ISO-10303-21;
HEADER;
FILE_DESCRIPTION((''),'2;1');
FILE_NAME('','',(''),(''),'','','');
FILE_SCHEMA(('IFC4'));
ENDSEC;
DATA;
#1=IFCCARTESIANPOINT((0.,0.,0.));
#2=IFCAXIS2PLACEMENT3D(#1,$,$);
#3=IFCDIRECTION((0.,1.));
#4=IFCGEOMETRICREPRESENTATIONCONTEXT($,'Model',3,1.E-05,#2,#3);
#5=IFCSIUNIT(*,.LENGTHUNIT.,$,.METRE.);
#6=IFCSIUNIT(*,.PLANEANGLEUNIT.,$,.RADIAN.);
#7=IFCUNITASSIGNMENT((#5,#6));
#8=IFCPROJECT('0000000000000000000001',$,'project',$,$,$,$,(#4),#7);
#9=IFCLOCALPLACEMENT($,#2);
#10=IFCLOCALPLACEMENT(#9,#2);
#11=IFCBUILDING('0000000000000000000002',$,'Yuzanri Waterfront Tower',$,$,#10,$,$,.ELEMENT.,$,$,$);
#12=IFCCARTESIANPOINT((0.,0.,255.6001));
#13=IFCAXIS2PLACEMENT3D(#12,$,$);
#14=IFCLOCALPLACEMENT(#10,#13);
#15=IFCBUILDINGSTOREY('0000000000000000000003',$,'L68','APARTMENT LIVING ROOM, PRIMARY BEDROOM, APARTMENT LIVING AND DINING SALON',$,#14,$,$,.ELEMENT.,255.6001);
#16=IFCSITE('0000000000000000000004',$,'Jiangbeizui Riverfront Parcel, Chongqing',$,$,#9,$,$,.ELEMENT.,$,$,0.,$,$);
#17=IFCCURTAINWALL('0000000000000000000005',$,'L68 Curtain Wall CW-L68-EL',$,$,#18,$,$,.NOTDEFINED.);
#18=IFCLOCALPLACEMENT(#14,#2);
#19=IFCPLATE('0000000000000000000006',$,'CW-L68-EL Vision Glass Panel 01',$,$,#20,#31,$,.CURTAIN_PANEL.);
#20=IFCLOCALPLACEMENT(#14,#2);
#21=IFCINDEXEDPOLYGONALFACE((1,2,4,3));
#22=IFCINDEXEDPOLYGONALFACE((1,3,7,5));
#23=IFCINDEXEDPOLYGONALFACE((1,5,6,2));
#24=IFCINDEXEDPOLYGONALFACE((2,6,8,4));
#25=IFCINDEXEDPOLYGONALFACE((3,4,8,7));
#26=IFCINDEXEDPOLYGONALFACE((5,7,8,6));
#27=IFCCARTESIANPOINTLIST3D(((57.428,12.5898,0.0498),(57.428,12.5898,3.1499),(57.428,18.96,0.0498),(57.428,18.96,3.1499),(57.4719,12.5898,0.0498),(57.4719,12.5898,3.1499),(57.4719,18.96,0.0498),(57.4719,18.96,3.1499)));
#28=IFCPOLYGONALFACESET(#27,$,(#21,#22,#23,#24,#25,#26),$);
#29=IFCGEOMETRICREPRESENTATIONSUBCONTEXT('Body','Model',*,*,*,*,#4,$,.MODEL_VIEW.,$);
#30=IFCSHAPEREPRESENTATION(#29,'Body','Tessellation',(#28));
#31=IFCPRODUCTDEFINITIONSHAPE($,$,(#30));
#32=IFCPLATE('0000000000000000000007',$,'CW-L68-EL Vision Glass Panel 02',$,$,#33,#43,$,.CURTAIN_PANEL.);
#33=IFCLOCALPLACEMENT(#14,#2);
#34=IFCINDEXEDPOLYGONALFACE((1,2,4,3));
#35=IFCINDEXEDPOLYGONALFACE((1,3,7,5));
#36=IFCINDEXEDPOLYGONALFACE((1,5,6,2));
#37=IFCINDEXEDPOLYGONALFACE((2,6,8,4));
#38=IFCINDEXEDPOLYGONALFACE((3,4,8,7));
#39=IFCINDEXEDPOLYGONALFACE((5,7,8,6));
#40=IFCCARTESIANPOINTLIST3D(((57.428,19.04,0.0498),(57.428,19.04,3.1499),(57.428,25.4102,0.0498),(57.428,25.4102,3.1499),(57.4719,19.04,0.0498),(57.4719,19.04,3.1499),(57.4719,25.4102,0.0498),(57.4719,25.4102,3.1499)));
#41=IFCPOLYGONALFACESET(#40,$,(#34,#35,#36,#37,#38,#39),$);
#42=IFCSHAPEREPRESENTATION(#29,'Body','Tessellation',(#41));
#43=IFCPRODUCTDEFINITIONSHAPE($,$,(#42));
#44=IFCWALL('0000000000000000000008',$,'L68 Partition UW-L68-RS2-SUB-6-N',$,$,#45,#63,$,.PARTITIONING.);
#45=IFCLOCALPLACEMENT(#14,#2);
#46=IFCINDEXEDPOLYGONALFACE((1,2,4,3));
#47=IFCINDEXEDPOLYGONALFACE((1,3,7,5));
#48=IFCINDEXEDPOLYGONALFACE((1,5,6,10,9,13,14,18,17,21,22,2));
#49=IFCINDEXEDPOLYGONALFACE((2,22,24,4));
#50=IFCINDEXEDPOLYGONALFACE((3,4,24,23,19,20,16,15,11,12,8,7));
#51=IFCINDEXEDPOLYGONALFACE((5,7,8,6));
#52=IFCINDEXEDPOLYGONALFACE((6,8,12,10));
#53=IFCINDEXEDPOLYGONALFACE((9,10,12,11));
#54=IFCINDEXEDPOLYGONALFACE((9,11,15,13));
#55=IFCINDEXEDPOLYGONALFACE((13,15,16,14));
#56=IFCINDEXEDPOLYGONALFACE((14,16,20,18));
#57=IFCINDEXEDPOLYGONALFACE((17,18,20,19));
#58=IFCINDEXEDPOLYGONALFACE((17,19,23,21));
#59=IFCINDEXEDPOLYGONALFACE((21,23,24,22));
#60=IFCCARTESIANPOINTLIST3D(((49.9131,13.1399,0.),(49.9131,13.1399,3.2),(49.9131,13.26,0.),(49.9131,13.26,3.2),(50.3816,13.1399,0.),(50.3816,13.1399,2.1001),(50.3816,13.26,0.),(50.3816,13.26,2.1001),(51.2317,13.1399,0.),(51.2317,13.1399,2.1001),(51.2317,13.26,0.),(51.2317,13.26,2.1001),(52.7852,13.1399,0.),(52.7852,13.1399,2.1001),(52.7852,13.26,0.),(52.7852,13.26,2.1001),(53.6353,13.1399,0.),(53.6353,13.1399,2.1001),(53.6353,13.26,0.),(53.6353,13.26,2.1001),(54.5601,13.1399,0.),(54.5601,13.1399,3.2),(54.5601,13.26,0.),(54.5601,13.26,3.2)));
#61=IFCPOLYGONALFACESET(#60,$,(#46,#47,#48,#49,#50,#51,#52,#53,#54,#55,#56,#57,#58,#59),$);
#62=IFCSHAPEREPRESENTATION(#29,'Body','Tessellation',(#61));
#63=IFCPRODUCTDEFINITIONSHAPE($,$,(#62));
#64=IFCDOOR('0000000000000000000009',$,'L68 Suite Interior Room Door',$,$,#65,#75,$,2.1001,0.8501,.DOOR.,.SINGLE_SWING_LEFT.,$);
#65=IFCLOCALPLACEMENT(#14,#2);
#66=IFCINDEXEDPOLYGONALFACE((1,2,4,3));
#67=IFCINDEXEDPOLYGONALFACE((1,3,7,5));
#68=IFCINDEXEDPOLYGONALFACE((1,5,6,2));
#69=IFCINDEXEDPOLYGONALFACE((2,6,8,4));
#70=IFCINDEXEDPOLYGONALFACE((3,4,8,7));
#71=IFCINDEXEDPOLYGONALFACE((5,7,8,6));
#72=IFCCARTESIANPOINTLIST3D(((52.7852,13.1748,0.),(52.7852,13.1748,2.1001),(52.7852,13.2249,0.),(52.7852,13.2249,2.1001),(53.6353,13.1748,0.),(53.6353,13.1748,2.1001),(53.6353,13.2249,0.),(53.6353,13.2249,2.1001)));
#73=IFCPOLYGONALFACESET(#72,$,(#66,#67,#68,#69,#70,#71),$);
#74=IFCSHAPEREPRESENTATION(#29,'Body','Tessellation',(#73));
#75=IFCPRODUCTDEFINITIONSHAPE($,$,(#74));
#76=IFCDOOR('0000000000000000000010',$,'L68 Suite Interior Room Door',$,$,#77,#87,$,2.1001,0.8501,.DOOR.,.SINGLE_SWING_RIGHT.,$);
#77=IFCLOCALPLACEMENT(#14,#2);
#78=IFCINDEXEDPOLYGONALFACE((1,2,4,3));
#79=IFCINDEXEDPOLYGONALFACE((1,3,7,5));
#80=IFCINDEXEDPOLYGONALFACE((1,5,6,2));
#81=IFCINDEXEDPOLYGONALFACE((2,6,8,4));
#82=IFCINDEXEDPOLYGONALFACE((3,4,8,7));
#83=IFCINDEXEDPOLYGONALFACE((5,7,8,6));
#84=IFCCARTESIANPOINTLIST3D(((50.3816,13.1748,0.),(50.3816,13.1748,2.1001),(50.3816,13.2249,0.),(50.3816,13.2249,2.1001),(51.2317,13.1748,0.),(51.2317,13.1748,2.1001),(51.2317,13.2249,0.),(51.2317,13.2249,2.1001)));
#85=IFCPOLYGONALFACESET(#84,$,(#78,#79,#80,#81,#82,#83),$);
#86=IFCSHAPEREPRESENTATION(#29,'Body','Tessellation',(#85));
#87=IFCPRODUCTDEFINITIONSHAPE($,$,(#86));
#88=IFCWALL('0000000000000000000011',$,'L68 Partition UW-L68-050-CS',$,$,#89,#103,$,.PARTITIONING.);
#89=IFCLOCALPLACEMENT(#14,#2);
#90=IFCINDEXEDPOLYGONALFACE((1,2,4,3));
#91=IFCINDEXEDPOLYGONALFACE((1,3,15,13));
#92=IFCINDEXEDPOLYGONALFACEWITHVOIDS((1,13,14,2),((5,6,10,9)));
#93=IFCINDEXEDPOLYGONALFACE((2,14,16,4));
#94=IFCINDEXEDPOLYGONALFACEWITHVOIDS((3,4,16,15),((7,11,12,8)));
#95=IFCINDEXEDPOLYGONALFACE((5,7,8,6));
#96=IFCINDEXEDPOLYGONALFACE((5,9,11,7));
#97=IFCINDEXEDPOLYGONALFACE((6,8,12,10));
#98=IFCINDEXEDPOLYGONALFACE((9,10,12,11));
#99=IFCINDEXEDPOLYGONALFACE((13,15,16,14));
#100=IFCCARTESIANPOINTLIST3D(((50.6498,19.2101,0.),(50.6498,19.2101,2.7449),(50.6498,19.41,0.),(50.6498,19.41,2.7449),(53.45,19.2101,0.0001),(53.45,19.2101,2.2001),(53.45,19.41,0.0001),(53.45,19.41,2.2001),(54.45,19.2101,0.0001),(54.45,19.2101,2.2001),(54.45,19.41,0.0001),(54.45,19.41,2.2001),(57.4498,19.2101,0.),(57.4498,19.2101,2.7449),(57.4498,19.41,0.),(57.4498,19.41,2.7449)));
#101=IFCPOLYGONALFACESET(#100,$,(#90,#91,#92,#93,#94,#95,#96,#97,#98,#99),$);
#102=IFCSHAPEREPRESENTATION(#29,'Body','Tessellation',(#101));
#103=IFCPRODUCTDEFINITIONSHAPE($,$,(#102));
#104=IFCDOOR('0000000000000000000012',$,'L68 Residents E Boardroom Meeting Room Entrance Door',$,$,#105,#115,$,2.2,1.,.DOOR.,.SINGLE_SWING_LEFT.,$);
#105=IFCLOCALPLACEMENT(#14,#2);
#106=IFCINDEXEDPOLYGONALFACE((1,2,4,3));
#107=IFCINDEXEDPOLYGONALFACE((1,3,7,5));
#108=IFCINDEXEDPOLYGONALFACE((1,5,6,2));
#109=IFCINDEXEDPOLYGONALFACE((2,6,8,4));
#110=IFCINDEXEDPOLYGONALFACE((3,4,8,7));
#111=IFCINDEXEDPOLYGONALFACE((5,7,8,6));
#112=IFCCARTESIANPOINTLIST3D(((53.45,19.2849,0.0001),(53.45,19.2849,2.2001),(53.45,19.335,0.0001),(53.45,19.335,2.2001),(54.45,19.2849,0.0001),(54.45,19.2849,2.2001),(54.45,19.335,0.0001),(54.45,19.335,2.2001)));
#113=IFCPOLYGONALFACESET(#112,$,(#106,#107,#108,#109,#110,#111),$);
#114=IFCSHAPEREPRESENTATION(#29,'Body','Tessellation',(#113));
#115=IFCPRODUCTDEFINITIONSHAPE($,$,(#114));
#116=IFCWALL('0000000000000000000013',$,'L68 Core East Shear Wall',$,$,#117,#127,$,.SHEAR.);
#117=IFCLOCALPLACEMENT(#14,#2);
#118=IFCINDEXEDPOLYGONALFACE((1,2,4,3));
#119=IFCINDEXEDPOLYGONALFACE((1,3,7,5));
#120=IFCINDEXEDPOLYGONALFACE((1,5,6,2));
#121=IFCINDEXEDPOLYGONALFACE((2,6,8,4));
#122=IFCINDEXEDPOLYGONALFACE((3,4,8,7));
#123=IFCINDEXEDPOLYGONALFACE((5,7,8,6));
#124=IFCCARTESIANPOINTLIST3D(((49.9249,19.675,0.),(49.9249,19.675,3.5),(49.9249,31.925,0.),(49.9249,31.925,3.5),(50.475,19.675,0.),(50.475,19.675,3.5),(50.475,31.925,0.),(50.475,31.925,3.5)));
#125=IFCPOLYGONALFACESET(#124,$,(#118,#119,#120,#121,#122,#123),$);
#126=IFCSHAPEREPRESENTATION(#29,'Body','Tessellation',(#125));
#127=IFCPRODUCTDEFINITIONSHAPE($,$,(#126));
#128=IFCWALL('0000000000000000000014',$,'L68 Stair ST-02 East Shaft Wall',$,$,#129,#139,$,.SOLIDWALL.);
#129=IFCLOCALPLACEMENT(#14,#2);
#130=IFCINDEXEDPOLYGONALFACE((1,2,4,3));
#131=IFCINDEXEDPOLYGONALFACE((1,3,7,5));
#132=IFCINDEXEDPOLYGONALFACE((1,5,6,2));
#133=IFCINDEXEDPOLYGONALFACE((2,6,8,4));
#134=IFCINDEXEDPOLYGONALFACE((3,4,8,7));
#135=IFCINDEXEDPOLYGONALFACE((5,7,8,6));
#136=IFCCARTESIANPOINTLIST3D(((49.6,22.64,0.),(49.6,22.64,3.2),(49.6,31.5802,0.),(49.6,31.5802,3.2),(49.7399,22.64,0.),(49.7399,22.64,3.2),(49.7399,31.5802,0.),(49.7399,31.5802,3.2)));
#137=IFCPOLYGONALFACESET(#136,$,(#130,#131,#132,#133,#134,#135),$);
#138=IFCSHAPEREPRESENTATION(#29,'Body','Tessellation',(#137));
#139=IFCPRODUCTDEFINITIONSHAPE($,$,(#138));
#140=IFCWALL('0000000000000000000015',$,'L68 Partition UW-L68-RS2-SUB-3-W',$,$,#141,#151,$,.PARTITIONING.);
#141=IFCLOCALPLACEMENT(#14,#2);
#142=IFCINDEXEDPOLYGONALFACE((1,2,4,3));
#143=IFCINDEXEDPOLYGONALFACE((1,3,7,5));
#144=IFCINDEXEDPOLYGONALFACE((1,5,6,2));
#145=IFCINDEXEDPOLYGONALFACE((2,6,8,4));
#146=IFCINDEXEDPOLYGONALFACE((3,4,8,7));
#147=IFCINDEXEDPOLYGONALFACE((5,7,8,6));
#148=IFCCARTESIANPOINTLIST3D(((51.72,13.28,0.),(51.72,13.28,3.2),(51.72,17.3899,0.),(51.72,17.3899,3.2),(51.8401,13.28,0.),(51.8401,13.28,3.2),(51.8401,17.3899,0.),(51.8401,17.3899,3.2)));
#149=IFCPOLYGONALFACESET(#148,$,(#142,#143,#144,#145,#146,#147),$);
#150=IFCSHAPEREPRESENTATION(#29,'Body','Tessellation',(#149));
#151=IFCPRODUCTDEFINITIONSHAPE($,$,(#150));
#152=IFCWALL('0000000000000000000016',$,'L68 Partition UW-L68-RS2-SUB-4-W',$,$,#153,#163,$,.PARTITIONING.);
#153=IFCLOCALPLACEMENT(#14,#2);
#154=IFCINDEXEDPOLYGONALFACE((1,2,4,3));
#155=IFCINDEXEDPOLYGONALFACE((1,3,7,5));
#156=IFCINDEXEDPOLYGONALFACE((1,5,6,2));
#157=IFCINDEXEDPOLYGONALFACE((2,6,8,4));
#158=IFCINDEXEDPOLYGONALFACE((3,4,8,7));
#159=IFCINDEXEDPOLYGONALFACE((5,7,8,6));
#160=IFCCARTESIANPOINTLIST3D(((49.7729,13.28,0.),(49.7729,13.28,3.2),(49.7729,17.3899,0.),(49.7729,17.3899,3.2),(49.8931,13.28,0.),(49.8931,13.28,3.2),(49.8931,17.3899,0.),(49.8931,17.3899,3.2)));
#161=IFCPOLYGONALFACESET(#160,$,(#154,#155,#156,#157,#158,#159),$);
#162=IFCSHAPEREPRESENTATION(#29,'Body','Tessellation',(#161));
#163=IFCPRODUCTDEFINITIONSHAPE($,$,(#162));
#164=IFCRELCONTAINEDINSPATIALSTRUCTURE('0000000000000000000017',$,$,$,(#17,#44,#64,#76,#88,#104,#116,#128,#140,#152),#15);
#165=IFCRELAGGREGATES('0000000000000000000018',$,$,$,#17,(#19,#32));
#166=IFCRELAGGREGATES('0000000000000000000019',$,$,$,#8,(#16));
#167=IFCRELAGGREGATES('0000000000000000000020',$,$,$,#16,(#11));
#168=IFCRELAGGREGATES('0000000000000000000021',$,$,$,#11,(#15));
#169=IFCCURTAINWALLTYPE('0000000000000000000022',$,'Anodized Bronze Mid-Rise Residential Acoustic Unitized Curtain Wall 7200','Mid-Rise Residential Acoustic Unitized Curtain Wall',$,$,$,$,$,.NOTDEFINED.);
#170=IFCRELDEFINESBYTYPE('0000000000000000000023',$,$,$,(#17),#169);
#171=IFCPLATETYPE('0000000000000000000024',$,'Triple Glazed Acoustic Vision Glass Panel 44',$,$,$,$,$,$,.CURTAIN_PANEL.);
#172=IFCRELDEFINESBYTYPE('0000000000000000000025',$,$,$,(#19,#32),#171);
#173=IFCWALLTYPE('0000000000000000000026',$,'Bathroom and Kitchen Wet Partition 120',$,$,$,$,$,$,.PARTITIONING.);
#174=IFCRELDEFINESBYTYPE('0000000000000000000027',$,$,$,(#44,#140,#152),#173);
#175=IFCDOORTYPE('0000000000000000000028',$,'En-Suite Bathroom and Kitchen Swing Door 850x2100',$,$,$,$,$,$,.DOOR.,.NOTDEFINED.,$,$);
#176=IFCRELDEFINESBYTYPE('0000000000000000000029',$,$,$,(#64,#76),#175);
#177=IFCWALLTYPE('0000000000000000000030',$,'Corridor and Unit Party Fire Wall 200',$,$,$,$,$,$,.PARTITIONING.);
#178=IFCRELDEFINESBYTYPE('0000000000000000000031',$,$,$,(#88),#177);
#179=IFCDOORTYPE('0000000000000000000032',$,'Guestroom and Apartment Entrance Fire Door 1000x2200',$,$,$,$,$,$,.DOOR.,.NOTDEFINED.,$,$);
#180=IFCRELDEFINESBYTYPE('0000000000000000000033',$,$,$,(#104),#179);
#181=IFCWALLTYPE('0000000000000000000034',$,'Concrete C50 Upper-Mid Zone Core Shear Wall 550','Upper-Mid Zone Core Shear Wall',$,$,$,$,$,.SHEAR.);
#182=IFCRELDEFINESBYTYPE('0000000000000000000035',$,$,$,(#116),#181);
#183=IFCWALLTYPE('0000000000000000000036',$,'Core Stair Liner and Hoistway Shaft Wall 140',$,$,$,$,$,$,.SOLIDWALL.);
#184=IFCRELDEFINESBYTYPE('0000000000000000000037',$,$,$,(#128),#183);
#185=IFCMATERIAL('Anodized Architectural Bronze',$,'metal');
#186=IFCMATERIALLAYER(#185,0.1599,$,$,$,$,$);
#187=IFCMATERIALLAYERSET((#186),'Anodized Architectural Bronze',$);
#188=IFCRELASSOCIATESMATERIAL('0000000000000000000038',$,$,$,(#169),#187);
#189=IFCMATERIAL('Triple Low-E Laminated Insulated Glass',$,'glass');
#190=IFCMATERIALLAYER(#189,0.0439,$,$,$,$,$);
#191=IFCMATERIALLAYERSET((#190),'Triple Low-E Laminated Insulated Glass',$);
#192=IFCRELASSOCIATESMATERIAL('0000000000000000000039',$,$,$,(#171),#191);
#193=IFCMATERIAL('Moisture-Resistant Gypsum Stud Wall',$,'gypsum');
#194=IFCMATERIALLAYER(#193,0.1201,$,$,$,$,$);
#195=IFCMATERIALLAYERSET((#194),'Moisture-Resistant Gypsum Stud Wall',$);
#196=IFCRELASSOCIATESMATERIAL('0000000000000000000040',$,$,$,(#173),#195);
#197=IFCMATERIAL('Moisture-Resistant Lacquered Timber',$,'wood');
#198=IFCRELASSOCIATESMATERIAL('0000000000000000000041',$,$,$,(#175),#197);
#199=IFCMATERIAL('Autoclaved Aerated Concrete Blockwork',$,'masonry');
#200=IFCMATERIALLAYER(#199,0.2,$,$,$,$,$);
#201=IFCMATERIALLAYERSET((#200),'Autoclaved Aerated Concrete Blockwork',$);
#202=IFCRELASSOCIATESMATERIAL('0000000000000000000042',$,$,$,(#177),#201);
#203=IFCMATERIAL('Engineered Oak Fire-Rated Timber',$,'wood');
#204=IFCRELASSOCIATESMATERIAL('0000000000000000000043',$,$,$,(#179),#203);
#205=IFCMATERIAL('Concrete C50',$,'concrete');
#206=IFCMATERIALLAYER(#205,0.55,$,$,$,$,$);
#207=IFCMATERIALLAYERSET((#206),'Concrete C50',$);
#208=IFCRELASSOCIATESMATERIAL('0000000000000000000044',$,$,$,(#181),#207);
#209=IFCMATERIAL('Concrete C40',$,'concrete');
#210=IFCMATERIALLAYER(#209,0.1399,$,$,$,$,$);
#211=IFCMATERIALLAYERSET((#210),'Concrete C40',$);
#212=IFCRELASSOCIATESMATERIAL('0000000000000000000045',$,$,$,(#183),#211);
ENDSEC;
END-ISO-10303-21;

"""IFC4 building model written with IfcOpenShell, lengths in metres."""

from ifc_helpers import new_model, si_unit, direction, frame, frame_2d, origin, origin_2d, place, context, subcontext, project, spatial, rectangle, extrude, source, transform, mapped, material, layer, layer_set, type_object, element, fill, aggregate, save


model = new_model("IFC4")

# Units and contexts
model_context = context("Model", 3, precision=1e-05, world=origin(), true_north=direction((0.0, 1.0)))
body_context = subcontext(model_context, "Body", "Model", "MODEL_VIEW")
ifc_project = project(units=[si_unit("LENGTHUNIT", "METRE"), si_unit("PLANEANGLEUNIT", "RADIAN")], contexts=[model_context])

# Site, building, storey
site_placement = place(None, origin())
site = spatial("IfcSite", under=ifc_project, at=site_placement, Name="Jiangbeizui Riverfront Parcel, Chongqing", CompositionType="ELEMENT", RefElevation=0.0)
building_placement = place(site_placement, origin())
building = spatial("IfcBuilding", under=site, at=building_placement, Name="Yuzanri Waterfront Tower", CompositionType="ELEMENT")
storey_placement = place(building_placement, frame((0.0, 0.0, 255.6001)))
storey = spatial("IfcBuildingStorey", under=building, at=storey_placement, Name="L68", Description="APARTMENT LIVING ROOM, PRIMARY BEDROOM, APARTMENT LIVING AND DINING SALON", CompositionType="ELEMENT", Elevation=255.6001)

# Curtain wall, plates
ifc_material_1 = material(Name="Anodized Architectural Bronze", Category="metal")
ifc_layer_1 = layer(ifc_material_1, 0.1599)
ifc_layer_set_1 = layer_set([ifc_layer_1], Name="Anodized Architectural Bronze")
curtain_wall_type = type_object("IfcCurtainWallType", Name="Anodized Bronze Mid-Rise Residential Acoustic Unitized Curtain Wall 7200", Description="Mid-Rise Residential Acoustic Unitized Curtain Wall", PredefinedType="NOTDEFINED", material=ifc_layer_set_1)
curtain_wall_placement = place(storey_placement, origin())
curtain_wall = element("IfcCurtainWall", 1, at=curtain_wall_placement, inside=storey, type_object=curtain_wall_type, Name="L68 Curtain Wall CW-L68-EL", PredefinedType="NOTDEFINED")
ifc_material_2 = material(Name="Triple Low-E Laminated Insulated Glass", Category="glass")
ifc_layer_2 = layer(ifc_material_2, 0.0439)
ifc_layer_set_2 = layer_set([ifc_layer_2], Name="Triple Low-E Laminated Insulated Glass")
plate_type = type_object("IfcPlateType", Name="Triple Glazed Acoustic Vision Glass Panel 44", PredefinedType="CURTAIN_PANEL", material=ifc_layer_set_2)
shared_shape_1 = source(origin(), body_context, "Body", "SweptSolid", [
    extrude(rectangle(XDim=6.3701, YDim=0.0439, at=origin_2d()), origin(), (0.0, 0.0, 1.0), 3.1001),
])
plate_1_placement = place(storey_placement, frame((57.45, 15.7749, 0.0498), z_axis=(0.0, 0.0, 1.0), x_axis=(0.0, 1.0, 0.0)))
plate_1 = element("IfcPlate", 2, at=plate_1_placement, type_object=plate_type, Name="CW-L68-EL Vision Glass Panel 01", PredefinedType="CURTAIN_PANEL", context=body_context, shape_type="MappedRepresentation", body=[
    mapped(shared_shape_1, transform((0.0, 0.0, 0.0), scale=1.0)),
])
plate_2_placement = place(storey_placement, frame((57.45, 22.2251, 0.0498), z_axis=(0.0, 0.0, 1.0), x_axis=(0.0, 1.0, 0.0)))
plate_2 = element("IfcPlate", 3, at=plate_2_placement, type_object=plate_type, Name="CW-L68-EL Vision Glass Panel 02", PredefinedType="CURTAIN_PANEL", context=body_context, shape_type="MappedRepresentation", body=[
    mapped(shared_shape_1, transform((0.0, 0.0, 0.0), scale=1.0)),
])
aggregate(curtain_wall, [plate_1, plate_2])

# Wall, openings, doors
ifc_material_3 = material(Name="Moisture-Resistant Gypsum Stud Wall", Category="gypsum")
ifc_layer_3 = layer(ifc_material_3, 0.1201)
ifc_layer_set_3 = layer_set([ifc_layer_3], Name="Moisture-Resistant Gypsum Stud Wall")
wall_type_1 = type_object("IfcWallType", Name="Bathroom and Kitchen Wet Partition 120", PredefinedType="PARTITIONING", material=ifc_layer_set_3)
wall_1_placement = place(storey_placement, frame((49.9131, 13.2, 0.0), z_axis=(0.0, 0.0, 1.0), x_axis=(1.0, 0.0, 0.0)))
wall_1 = element("IfcWall", 4, at=wall_1_placement, inside=storey, type_object=wall_type_1, Name="L68 Partition UW-L68-RS2-SUB-6-N", PredefinedType="PARTITIONING", context=body_context, shape_type="SweptSolid", body=[
    extrude(rectangle(XDim=4.647, YDim=0.1201, at=frame_2d((2.3235, 0.0))), origin(), (0.0, 0.0, 1.0), 3.2),
])
opening_1_placement = place(wall_1_placement, frame((2.8721, 0.0, 0.0)))
opening_1 = element("IfcOpeningElement", 5, at=opening_1_placement, cuts=wall_1, PredefinedType="OPENING", context=body_context, shape_type="SweptSolid", body=[
    extrude(rectangle(XDim=0.8501, YDim=2.1001, at=frame_2d((0.425, 1.05))), frame((0.0, 0.075, 0.0), z_axis=(0.0, -1.0, 0.0), x_axis=(1.0, 0.0, 0.0)), (0.0, 0.0, 1.0), 0.1499),
])
opening_2_placement = place(wall_1_placement, frame((0.4685, 0.0, 0.0)))
opening_2 = element("IfcOpeningElement", 6, at=opening_2_placement, cuts=wall_1, PredefinedType="OPENING", context=body_context, shape_type="SweptSolid", body=[
    extrude(rectangle(XDim=0.8501, YDim=2.1001, at=frame_2d((0.425, 1.05))), frame((0.0, 0.075, 0.0), z_axis=(0.0, -1.0, 0.0), x_axis=(1.0, 0.0, 0.0)), (0.0, 0.0, 1.0), 0.1499),
])
ifc_material_4 = material(Name="Moisture-Resistant Lacquered Timber", Category="wood")
door_type_1 = type_object("IfcDoorType", Name="En-Suite Bathroom and Kitchen Swing Door 850x2100", OperationType="NOTDEFINED", PredefinedType="DOOR", material=ifc_material_4)
shared_shape_2 = source(origin(), body_context, "Body", "SweptSolid", [
    extrude(rectangle(XDim=0.8501, YDim=2.1001, at=frame_2d((0.425, 1.05))), frame((0.0, 0.0249, 0.0), z_axis=(0.0, -1.0, 0.0), x_axis=(1.0, 0.0, 0.0)), (0.0, 0.0, 1.0), 0.05),
])
door_1_placement = place(opening_1_placement, origin())
door_1 = element("IfcDoor", 7, at=door_1_placement, inside=storey, type_object=door_type_1, Name="L68 Suite Interior Room Door", OperationType="SINGLE_SWING_LEFT", OverallHeight=2.1001, OverallWidth=0.8501, PredefinedType="DOOR", context=body_context, shape_type="MappedRepresentation", body=[
    mapped(shared_shape_2, transform((0.0, 0.0, 0.0), scale=1.0)),
])
fill(opening_1, door_1)
door_2_placement = place(opening_2_placement, origin())
door_2 = element("IfcDoor", 8, at=door_2_placement, inside=storey, type_object=door_type_1, Name="L68 Suite Interior Room Door", OperationType="SINGLE_SWING_RIGHT", OverallHeight=2.1001, OverallWidth=0.8501, PredefinedType="DOOR", context=body_context, shape_type="MappedRepresentation", body=[
    mapped(shared_shape_2, transform((0.0, 0.0, 0.0), scale=1.0)),
])
fill(opening_2, door_2)

# Wall, opening, door
ifc_material_5 = material(Name="Autoclaved Aerated Concrete Blockwork", Category="masonry")
ifc_layer_4 = layer(ifc_material_5, 0.2)
ifc_layer_set_4 = layer_set([ifc_layer_4], Name="Autoclaved Aerated Concrete Blockwork")
wall_type_2 = type_object("IfcWallType", Name="Corridor and Unit Party Fire Wall 200", PredefinedType="PARTITIONING", material=ifc_layer_set_4)
wall_2_placement = place(storey_placement, frame((50.6499, 19.3101, 0.0), z_axis=(0.0, 0.0, 1.0), x_axis=(1.0, 0.0, 0.0)))
wall_2 = element("IfcWall", 9, at=wall_2_placement, inside=storey, type_object=wall_type_2, Name="L68 Partition UW-L68-050-CS", PredefinedType="PARTITIONING", context=body_context, shape_type="SweptSolid", body=[
    extrude(rectangle(XDim=6.8, YDim=0.2, at=frame_2d((3.3999, 0.0))), origin(), (0.0, 0.0, 1.0), 2.7449),
])
opening_3_placement = place(wall_2_placement, frame((2.8, 0.0, 0.0)))
opening_3 = element("IfcOpeningElement", 10, at=opening_3_placement, cuts=wall_2, PredefinedType="OPENING", context=body_context, shape_type="SweptSolid", body=[
    extrude(rectangle(XDim=1.0, YDim=2.2, at=frame_2d((0.5, 1.1001))), frame((0.0, 0.1147, 0.0), z_axis=(0.0, -1.0, 0.0), x_axis=(1.0, 0.0, 0.0)), (0.0, 0.0, 1.0), 0.2297),
])
ifc_material_6 = material(Name="Engineered Oak Fire-Rated Timber", Category="wood")
door_type_2 = type_object("IfcDoorType", Name="Guestroom and Apartment Entrance Fire Door 1000x2200", OperationType="NOTDEFINED", PredefinedType="DOOR", material=ifc_material_6)
shared_shape_3 = source(origin(), body_context, "Body", "SweptSolid", [
    extrude(rectangle(XDim=1.0, YDim=2.2, at=frame_2d((0.5, 1.1001))), frame((0.0, 0.0249, 0.0), z_axis=(0.0, -1.0, 0.0), x_axis=(1.0, 0.0, 0.0)), (0.0, 0.0, 1.0), 0.05),
])
door_3_placement = place(opening_3_placement, origin())
door_3 = element("IfcDoor", 11, at=door_3_placement, inside=storey, type_object=door_type_2, Name="L68 Residents E Boardroom Meeting Room Entrance Door", OperationType="SINGLE_SWING_LEFT", OverallHeight=2.2, OverallWidth=1.0, PredefinedType="DOOR", context=body_context, shape_type="MappedRepresentation", body=[
    mapped(shared_shape_3, transform((0.0, 0.0, 0.0), scale=1.0)),
])
fill(opening_3, door_3)

# Walls
ifc_material_7 = material(Name="Concrete C50", Category="concrete")
ifc_layer_5 = layer(ifc_material_7, 0.55)
ifc_layer_set_5 = layer_set([ifc_layer_5], Name="Concrete C50")
wall_type_3 = type_object("IfcWallType", Name="Concrete C50 Upper-Mid Zone Core Shear Wall 550", Description="Upper-Mid Zone Core Shear Wall", PredefinedType="SHEAR", material=ifc_layer_set_5)
shared_shape_4 = source(origin(), body_context, "Body", "SweptSolid", [
    extrude(rectangle(XDim=12.25, YDim=0.55, at=frame_2d((6.125, 0.0))), origin(), (0.0, 0.0, 1.0), 3.5),
])
wall_3_placement = place(storey_placement, frame((50.2, 19.675, 0.0), z_axis=(0.0, 0.0, 1.0), x_axis=(0.0, 1.0, 0.0)))
element("IfcWall", 12, at=wall_3_placement, inside=storey, type_object=wall_type_3, Name="L68 Core East Shear Wall", PredefinedType="SHEAR", context=body_context, shape_type="MappedRepresentation", body=[
    mapped(shared_shape_4, transform((0.0, 0.0, 0.0), scale=1.0)),
])
ifc_material_8 = material(Name="Concrete C40", Category="concrete")
ifc_layer_6 = layer(ifc_material_8, 0.1399)
ifc_layer_set_6 = layer_set([ifc_layer_6], Name="Concrete C40")
wall_type_4 = type_object("IfcWallType", Name="Core Stair Liner and Hoistway Shaft Wall 140", PredefinedType="SOLIDWALL", material=ifc_layer_set_6)
shared_shape_5 = source(origin(), body_context, "Body", "SweptSolid", [
    extrude(rectangle(XDim=8.9402, YDim=0.1399, at=frame_2d((4.4702, 0.0))), origin(), (0.0, 0.0, 1.0), 3.2),
])
wall_4_placement = place(storey_placement, frame((49.6699, 22.6399, 0.0), z_axis=(0.0, 0.0, 1.0), x_axis=(0.0, 1.0, 0.0)))
element("IfcWall", 13, at=wall_4_placement, inside=storey, type_object=wall_type_4, Name="L68 Stair ST-02 East Shaft Wall", PredefinedType="SOLIDWALL", context=body_context, shape_type="MappedRepresentation", body=[
    mapped(shared_shape_5, transform((0.0, 0.0, 0.0), scale=1.0)),
])
shared_shape_6 = source(origin(), body_context, "Body", "SweptSolid", [
    extrude(rectangle(XDim=4.1099, YDim=0.1201, at=frame_2d((2.0549, 0.0))), origin(), (0.0, 0.0, 1.0), 3.2),
])
for number, where, z_axis, x_axis, name in (
    (14, (51.78, 13.28, 0.0), (0.0, 0.0, 1.0), (0.0, 1.0, 0.0), "L68 Partition UW-L68-RS2-SUB-3-W"),
    (15, (49.833, 13.28, 0.0), (0.0, 0.0, 1.0), (0.0, 1.0, 0.0), "L68 Partition UW-L68-RS2-SUB-4-W"),
):
    element("IfcWall", number, at=place(storey_placement, frame(where, z_axis=z_axis, x_axis=x_axis)), inside=storey, type_object=wall_type_1, Name=name, PredefinedType="PARTITIONING", context=body_context, shape_type="MappedRepresentation", body=[
        mapped(shared_shape_6, transform((0.0, 0.0, 0.0), scale=1.0)),
    ])

save(model, "model.ifc")
